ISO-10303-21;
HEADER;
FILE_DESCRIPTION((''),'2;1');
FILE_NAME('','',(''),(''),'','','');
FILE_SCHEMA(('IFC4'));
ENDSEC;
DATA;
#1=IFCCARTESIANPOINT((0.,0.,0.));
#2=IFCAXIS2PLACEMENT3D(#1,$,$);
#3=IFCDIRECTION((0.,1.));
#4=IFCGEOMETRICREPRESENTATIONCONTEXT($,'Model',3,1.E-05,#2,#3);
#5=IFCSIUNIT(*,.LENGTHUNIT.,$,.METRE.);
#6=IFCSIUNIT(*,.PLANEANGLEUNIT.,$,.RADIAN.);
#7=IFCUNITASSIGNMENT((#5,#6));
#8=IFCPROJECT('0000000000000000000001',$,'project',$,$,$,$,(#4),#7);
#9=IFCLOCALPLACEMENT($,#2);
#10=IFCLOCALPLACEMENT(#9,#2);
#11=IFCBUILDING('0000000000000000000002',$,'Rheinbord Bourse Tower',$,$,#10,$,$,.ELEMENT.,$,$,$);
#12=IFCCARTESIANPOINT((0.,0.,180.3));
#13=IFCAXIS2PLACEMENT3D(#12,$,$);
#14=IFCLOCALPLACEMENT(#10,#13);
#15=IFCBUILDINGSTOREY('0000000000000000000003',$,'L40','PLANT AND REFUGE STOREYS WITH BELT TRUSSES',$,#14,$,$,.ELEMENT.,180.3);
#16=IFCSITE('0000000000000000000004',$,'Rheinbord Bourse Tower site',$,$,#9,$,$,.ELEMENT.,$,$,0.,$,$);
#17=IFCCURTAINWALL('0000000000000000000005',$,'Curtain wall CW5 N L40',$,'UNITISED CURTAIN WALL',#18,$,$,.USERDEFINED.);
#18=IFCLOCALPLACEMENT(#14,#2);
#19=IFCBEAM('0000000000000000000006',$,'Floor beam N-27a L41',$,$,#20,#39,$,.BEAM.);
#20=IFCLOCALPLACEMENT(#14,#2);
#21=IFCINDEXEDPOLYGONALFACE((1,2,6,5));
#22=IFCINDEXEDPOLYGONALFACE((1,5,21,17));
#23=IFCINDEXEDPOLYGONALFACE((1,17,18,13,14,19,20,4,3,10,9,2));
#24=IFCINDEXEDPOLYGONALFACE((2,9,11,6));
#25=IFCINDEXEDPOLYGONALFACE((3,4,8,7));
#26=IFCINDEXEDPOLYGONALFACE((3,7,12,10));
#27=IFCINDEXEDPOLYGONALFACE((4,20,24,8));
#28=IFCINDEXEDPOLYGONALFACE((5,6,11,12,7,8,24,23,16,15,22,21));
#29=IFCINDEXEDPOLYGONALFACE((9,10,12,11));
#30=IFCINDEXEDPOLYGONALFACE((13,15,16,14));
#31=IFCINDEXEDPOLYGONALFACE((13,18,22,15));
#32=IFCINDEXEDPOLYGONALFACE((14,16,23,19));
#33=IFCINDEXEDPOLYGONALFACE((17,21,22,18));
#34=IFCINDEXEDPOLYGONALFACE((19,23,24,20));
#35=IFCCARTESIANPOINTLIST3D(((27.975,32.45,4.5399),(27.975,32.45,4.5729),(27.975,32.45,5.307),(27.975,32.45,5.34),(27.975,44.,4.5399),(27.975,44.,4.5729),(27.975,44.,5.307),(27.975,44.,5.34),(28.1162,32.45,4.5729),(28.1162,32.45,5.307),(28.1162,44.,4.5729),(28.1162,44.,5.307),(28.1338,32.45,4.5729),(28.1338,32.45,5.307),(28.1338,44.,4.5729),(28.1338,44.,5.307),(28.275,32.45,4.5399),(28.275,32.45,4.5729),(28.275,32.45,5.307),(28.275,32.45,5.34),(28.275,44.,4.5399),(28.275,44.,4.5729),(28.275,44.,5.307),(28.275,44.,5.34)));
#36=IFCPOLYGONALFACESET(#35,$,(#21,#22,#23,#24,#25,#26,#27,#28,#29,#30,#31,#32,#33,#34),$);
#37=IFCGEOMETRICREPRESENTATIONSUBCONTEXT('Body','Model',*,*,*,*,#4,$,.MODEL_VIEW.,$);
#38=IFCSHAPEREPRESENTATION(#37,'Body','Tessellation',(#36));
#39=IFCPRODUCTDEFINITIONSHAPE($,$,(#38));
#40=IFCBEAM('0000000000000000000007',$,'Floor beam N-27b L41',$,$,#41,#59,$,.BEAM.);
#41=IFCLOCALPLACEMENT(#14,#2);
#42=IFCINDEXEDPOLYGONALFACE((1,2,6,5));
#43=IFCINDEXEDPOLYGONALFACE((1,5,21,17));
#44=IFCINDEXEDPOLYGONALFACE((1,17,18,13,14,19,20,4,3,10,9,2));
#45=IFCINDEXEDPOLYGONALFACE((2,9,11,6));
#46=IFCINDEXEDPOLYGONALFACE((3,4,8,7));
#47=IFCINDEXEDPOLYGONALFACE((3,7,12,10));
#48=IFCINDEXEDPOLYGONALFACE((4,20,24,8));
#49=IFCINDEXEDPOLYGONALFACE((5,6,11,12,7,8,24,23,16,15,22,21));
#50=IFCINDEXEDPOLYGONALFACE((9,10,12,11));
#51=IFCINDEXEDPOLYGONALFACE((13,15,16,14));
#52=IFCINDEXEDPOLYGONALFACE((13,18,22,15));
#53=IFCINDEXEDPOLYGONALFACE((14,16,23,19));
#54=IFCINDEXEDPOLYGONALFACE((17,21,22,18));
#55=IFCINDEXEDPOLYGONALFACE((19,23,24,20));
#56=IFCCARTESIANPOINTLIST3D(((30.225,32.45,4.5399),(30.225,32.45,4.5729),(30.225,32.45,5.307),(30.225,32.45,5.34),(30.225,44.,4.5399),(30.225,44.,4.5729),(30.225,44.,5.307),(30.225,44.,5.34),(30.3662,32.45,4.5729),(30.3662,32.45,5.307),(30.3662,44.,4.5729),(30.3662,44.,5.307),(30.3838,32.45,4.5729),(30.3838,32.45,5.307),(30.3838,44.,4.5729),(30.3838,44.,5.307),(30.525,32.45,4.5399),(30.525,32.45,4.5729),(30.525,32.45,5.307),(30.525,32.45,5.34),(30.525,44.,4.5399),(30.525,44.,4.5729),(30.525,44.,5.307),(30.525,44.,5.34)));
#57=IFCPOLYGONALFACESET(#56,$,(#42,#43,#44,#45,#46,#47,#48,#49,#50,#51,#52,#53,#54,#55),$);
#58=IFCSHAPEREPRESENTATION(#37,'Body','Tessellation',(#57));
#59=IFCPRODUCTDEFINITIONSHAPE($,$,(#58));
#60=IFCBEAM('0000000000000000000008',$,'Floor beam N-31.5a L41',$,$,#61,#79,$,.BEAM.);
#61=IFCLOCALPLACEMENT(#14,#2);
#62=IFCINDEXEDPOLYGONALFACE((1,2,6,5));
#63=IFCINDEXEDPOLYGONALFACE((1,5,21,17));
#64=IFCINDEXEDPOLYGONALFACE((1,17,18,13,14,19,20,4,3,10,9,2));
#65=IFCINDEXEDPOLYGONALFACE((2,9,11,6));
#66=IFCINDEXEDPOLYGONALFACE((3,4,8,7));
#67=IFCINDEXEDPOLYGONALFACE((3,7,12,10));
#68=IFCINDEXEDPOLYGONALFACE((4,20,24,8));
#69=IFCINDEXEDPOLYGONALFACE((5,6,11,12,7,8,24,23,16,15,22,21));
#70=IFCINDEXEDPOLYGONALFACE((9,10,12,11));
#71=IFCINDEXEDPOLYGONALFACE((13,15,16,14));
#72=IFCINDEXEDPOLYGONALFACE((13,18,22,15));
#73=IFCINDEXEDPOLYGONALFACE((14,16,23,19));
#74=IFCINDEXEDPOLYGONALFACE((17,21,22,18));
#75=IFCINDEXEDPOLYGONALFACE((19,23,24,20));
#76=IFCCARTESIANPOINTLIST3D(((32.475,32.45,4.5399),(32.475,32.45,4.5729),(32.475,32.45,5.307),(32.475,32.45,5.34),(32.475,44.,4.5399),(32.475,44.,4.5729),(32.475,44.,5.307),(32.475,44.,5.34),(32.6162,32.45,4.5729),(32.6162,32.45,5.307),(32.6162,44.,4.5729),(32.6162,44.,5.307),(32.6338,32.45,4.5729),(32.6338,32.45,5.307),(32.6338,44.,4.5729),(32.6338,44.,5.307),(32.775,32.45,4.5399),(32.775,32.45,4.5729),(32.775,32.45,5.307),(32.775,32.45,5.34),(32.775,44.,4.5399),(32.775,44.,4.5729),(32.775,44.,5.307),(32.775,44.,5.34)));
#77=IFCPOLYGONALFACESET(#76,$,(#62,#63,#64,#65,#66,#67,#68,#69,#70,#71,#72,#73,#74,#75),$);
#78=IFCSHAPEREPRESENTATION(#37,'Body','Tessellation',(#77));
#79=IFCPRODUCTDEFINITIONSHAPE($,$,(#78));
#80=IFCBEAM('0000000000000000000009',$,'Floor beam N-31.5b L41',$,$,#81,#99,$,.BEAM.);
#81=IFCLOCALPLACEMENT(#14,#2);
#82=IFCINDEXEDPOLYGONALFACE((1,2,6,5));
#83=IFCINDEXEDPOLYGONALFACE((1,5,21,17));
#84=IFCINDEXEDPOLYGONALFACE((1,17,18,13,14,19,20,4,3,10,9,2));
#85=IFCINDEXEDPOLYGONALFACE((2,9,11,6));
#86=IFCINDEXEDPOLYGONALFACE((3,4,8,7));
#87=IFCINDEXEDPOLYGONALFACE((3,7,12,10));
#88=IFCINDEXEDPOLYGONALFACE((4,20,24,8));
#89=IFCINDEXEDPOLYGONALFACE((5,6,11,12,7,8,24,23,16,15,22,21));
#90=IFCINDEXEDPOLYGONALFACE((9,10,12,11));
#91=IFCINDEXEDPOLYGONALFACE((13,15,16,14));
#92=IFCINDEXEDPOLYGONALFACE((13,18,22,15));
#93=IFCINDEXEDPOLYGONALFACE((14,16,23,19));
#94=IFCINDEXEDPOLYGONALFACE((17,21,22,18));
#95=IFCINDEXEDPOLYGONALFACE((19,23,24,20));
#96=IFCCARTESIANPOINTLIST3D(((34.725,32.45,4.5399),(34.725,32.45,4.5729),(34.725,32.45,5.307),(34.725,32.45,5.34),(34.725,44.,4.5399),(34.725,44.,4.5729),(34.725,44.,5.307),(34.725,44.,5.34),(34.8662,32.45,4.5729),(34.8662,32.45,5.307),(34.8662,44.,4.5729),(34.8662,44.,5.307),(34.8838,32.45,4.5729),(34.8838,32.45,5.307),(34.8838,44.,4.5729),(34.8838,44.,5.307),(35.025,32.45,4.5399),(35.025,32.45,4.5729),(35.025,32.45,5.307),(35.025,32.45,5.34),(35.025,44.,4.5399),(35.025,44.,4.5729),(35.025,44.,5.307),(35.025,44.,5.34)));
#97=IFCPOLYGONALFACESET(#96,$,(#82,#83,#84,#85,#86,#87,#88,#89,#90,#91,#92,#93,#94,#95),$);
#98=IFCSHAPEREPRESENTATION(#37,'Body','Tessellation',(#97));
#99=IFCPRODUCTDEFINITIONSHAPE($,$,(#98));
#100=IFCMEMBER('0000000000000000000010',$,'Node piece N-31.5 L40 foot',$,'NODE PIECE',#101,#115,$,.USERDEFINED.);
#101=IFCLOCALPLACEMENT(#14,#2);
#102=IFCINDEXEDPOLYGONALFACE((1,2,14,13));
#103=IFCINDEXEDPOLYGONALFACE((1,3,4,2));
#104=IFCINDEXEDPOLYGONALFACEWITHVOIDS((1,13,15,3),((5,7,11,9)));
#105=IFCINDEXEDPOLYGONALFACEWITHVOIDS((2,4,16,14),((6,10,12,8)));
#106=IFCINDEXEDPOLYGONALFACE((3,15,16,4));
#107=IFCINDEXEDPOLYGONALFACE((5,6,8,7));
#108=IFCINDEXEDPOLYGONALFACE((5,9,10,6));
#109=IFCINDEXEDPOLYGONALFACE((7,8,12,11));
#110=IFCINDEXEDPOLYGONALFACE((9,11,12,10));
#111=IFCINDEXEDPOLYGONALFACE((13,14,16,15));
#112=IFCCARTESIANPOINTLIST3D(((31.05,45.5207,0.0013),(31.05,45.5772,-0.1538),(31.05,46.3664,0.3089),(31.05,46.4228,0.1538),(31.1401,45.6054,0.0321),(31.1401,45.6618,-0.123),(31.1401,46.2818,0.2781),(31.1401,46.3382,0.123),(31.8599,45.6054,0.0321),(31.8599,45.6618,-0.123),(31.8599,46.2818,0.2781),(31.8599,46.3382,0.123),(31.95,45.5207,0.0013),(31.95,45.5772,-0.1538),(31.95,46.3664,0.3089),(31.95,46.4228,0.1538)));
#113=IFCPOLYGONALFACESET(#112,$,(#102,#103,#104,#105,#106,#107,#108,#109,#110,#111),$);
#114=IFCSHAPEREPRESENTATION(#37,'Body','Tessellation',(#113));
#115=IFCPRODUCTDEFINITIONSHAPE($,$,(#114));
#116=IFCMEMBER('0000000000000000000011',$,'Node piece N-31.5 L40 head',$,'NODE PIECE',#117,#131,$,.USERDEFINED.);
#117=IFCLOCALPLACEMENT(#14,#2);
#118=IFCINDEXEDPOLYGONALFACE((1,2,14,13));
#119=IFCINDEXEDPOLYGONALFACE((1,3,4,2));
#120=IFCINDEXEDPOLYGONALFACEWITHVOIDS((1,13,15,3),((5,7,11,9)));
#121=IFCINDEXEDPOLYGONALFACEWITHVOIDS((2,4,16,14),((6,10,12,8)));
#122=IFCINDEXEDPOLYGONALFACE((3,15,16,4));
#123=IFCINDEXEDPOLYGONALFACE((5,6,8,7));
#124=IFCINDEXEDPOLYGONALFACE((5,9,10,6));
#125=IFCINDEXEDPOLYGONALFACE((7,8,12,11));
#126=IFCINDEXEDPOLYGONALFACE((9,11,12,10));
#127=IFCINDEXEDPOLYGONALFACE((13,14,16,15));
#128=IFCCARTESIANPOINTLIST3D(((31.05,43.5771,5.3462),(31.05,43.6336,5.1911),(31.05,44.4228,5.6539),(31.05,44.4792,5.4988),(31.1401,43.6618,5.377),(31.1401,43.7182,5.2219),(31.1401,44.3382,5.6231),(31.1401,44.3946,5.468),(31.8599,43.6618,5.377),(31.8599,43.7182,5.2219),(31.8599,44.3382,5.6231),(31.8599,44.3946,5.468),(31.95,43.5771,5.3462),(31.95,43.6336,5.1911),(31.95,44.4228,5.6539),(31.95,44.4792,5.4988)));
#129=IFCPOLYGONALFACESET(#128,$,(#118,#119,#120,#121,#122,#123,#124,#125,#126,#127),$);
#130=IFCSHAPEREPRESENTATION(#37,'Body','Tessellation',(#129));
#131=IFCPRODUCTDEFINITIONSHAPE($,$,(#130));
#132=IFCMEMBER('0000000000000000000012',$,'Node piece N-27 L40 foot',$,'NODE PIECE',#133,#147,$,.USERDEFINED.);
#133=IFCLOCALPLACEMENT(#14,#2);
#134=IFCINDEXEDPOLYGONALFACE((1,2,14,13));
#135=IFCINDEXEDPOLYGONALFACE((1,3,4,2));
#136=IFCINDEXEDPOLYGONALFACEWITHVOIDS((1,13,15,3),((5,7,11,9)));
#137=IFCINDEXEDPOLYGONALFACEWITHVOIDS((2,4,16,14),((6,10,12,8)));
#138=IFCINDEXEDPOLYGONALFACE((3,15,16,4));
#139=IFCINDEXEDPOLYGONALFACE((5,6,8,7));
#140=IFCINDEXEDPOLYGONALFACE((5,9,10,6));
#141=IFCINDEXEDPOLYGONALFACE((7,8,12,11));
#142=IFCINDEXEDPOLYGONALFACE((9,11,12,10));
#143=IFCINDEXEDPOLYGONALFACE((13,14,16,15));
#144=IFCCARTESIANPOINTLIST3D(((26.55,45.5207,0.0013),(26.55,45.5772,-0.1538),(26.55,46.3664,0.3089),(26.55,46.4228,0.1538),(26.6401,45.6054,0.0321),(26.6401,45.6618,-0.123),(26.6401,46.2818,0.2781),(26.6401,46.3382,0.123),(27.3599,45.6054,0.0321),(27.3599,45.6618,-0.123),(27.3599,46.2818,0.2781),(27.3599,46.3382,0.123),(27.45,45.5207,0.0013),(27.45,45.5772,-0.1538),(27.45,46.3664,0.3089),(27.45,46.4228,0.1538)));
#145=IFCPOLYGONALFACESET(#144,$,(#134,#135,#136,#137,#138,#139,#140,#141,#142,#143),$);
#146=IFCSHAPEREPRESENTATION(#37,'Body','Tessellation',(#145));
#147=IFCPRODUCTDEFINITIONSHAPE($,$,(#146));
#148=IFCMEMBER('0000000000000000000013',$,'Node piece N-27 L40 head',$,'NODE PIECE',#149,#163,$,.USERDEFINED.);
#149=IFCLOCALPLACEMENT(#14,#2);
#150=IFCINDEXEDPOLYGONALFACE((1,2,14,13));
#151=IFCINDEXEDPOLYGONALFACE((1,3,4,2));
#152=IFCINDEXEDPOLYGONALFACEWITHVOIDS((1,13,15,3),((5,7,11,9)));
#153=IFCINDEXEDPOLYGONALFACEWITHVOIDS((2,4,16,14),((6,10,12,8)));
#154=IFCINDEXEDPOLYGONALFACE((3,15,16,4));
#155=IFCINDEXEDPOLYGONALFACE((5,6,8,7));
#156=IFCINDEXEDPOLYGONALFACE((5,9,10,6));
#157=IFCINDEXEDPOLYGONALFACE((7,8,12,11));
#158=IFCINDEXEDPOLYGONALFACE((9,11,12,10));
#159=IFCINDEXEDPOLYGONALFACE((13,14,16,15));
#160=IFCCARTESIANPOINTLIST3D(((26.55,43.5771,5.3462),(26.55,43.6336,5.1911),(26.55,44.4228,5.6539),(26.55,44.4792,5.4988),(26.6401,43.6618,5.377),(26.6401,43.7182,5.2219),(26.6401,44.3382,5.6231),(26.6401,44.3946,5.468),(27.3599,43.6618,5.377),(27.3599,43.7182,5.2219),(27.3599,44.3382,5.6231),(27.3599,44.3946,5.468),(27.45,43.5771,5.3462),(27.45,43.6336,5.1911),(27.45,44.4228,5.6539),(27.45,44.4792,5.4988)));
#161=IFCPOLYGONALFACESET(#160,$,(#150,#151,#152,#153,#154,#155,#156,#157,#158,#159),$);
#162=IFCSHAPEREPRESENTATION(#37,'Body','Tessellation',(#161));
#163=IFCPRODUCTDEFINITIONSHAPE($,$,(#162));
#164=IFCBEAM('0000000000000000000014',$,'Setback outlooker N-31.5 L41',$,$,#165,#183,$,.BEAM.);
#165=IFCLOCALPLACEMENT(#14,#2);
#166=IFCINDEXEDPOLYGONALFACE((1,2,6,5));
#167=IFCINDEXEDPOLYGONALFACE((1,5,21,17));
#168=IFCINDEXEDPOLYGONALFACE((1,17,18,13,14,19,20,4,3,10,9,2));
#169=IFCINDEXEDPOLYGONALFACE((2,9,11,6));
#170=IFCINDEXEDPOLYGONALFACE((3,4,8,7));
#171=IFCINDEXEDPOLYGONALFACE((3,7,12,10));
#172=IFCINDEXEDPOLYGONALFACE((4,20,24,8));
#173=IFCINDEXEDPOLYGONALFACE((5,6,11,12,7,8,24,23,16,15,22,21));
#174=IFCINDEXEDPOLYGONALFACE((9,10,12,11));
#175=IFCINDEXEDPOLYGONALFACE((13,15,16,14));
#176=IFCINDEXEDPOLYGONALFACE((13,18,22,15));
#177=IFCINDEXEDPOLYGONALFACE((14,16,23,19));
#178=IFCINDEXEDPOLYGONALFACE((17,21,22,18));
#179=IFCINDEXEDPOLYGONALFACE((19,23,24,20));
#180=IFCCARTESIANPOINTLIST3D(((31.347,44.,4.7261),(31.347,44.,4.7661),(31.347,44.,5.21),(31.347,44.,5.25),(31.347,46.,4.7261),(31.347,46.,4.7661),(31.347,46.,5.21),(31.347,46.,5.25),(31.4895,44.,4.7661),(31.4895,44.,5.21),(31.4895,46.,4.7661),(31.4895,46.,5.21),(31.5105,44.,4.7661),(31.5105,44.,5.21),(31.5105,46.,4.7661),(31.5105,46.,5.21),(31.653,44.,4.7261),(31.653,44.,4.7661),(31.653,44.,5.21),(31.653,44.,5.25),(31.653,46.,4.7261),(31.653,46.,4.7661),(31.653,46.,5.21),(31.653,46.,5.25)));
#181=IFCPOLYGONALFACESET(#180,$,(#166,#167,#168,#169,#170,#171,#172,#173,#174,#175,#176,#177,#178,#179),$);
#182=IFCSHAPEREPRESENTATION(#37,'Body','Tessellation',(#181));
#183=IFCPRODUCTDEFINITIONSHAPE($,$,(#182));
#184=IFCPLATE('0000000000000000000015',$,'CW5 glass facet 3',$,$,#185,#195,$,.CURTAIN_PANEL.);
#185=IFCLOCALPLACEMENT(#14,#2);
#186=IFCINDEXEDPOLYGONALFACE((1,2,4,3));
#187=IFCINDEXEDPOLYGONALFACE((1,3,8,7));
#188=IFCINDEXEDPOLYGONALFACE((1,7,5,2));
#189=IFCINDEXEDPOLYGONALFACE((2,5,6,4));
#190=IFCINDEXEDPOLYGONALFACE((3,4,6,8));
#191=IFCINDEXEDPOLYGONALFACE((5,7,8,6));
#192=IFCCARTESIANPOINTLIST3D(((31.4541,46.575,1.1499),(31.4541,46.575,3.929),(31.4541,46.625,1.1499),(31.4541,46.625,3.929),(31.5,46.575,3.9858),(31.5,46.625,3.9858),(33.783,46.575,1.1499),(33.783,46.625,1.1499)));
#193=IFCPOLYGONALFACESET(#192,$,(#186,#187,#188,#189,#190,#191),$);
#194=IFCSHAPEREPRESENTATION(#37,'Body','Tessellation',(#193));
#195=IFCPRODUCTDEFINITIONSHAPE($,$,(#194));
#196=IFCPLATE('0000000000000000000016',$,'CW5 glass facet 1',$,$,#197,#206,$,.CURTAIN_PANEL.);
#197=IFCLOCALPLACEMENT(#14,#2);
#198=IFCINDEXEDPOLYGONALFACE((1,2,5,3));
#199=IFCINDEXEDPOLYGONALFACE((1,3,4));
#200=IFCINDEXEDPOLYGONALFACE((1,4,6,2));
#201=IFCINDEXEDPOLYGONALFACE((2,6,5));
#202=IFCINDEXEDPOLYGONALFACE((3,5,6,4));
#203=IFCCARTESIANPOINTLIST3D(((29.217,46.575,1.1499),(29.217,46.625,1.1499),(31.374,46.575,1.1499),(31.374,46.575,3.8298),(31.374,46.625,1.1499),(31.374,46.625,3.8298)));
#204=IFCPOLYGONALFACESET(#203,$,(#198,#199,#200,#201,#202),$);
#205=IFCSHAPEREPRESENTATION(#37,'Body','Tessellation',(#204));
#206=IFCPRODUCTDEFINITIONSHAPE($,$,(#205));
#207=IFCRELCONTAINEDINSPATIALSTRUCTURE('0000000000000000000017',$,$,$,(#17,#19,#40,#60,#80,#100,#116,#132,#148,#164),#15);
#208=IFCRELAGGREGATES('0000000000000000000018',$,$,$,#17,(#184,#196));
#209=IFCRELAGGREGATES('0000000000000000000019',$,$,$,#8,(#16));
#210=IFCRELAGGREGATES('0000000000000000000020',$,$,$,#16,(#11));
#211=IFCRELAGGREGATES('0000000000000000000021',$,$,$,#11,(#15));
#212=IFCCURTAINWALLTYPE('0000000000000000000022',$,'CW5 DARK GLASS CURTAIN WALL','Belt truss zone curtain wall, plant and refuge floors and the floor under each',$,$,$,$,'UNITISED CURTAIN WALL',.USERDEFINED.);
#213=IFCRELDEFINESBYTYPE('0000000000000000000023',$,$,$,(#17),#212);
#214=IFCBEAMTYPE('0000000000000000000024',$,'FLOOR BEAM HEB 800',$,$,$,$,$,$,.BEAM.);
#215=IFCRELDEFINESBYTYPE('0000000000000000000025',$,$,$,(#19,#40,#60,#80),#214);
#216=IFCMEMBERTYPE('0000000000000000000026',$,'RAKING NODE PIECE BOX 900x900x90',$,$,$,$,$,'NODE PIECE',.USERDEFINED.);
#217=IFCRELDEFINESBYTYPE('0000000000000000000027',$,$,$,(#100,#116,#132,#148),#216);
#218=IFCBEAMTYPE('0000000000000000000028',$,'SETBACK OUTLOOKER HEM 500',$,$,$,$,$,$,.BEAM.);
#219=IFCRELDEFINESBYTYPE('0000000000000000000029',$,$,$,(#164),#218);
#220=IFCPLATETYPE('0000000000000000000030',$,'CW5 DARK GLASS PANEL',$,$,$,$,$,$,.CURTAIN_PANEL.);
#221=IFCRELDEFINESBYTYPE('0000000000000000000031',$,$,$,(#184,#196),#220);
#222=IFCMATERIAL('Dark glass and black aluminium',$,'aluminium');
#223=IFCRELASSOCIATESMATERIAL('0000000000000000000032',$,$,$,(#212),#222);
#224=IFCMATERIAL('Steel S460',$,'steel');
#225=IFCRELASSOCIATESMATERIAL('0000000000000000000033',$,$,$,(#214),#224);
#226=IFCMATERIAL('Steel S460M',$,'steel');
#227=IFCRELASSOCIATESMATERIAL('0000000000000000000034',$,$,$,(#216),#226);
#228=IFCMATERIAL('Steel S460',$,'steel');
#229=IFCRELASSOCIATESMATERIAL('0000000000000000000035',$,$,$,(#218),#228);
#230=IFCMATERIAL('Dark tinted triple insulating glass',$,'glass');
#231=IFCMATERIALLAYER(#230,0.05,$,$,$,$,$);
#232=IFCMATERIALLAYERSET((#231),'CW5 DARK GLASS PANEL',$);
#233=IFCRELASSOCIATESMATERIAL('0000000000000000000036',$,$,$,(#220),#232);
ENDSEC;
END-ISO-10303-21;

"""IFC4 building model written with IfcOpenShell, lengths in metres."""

from ifc_helpers import new_model, si_unit, direction, frame, origin, origin_2d, place, context, subcontext, project, spatial, polyline, hollow_rectangle, i_section, outline, extrude, material, layer, layer_set, material_profile, profile_set, type_object, element, aggregate, save


model = new_model("IFC4")

# Units and contexts
model_context = context("Model", 3, precision=1e-05, world=origin(), true_north=direction((0.0, 1.0)))
body_context = subcontext(model_context, "Body", "Model", "MODEL_VIEW")
ifc_project = project(units=[si_unit("LENGTHUNIT", "METRE"), si_unit("PLANEANGLEUNIT", "RADIAN")], contexts=[model_context])

# Site, building, storey
site_placement = place(None, origin())
site = spatial("IfcSite", under=ifc_project, at=site_placement, Name="Rheinbord Bourse Tower site", CompositionType="ELEMENT", RefElevation=0.0)
building_placement = place(site_placement, origin())
building = spatial("IfcBuilding", under=site, at=building_placement, Name="Rheinbord Bourse Tower", CompositionType="ELEMENT")
storey_placement = place(building_placement, frame((0.0, 0.0, 180.3)))
storey = spatial("IfcBuildingStorey", under=building, at=storey_placement, Name="L40", Description="PLANT AND REFUGE STOREYS WITH BELT TRUSSES", CompositionType="ELEMENT", Elevation=180.3)

# Curtain wall
ifc_material_1 = material(Name="Dark glass and black aluminium", Category="aluminium")
curtain_wall_type = type_object("IfcCurtainWallType", Name="CW5 DARK GLASS CURTAIN WALL", Description="Belt truss zone curtain wall, plant and refuge floors and the floor under each", ElementType="UNITISED CURTAIN WALL", PredefinedType="USERDEFINED", material=ifc_material_1)
curtain_wall_placement = place(storey_placement, origin())
curtain_wall = element("IfcCurtainWall", 1, at=curtain_wall_placement, inside=storey, type_object=curtain_wall_type, Name="Curtain wall CW5 N L40", ObjectType="UNITISED CURTAIN WALL", PredefinedType="USERDEFINED")

# Beams
ifc_material_2 = material(Name="Steel S460", Category="steel")
ifc_material_profile_1 = material_profile(ifc_material_2, i_section(OverallWidth=0.3, OverallDepth=0.8, WebThickness=0.0176, FlangeThickness=0.033, at=origin_2d()), Name="HEB 800")
ifc_profile_set_1 = profile_set([ifc_material_profile_1], Name="Steel S460")
beam_type_1 = type_object("IfcBeamType", Name="FLOOR BEAM HEB 800", PredefinedType="BEAM", material=ifc_profile_set_1)
for number, where, z_axis, x_axis, name in (
    (2, (28.125, 44.0, 4.9399), (0.0, -1.0, 0.0), (1.0, 0.0, 0.0), "Floor beam N-27a L41"),
    (3, (30.375, 44.0, 4.9399), (0.0, -1.0, 0.0), (1.0, 0.0, 0.0), "Floor beam N-27b L41"),
    (4, (32.625, 44.0, 4.9399), (0.0, -1.0, 0.0), (1.0, 0.0, 0.0), "Floor beam N-31.5a L41"),
    (5, (34.875, 44.0, 4.9399), (0.0, -1.0, 0.0), (1.0, 0.0, 0.0), "Floor beam N-31.5b L41"),
):
    element("IfcBeam", number, at=place(storey_placement, frame(where, z_axis=z_axis, x_axis=x_axis)), inside=storey, type_object=beam_type_1, Name=name, PredefinedType="BEAM", context=body_context, shape_type="SweptSolid", body=[
        extrude(i_section(OverallWidth=0.3, OverallDepth=0.8, WebThickness=0.0176, FlangeThickness=0.033, at=origin_2d()), origin(), (0.0, 0.0, 1.0), 11.55),
    ])

# Members
ifc_material_3 = material(Name="Steel S460M", Category="steel")
ifc_material_profile_2 = material_profile(ifc_material_3, hollow_rectangle(XDim=0.8999, YDim=0.8999, WallThickness=0.0901, at=origin_2d()), Name="BOX 900x900x90")
ifc_profile_set_2 = profile_set([ifc_material_profile_2], Name="Steel S460M")
member_type_1 = type_object("IfcMemberType", Name="RAKING NODE PIECE BOX 900x900x90", ElementType="NODE PIECE", PredefinedType="USERDEFINED", material=ifc_profile_set_2)
for number, where, z_axis, x_axis, name in (
    (6, (31.5, 46.0, 0.0), (0.0, -0.341862, 0.93975), (0.0, 0.93975, 0.341862), "Node piece N-31.5 L40 foot"),
    (7, (31.5, 44.0564, 5.345), (0.0, -0.341862, 0.93975), (0.0, 0.93975, 0.341862), "Node piece N-31.5 L40 head"),
    (8, (27.0, 46.0, 0.0), (0.0, -0.341862, 0.93975), (0.0, 0.93975, 0.341862), "Node piece N-27 L40 foot"),
    (9, (27.0, 44.0564, 5.345), (0.0, -0.341862, 0.93975), (0.0, 0.93975, 0.341862), "Node piece N-27 L40 head"),
):
    element("IfcMember", number, at=place(storey_placement, frame(where, z_axis=z_axis, x_axis=x_axis)), inside=storey, type_object=member_type_1, Name=name, ObjectType="NODE PIECE", PredefinedType="USERDEFINED", context=body_context, shape_type="SweptSolid", body=[
        extrude(hollow_rectangle(XDim=0.8999, YDim=0.8999, WallThickness=0.0901, at=origin_2d()), origin(), (0.0, 0.0, 1.0), 0.165),
    ])

# Beam
ifc_material_4 = material(Name="Steel S460", Category="steel")
ifc_material_profile_3 = material_profile(ifc_material_4, i_section(OverallWidth=0.3059, OverallDepth=0.5239, WebThickness=0.021, FlangeThickness=0.04, at=origin_2d()), Name="HEM 500")
ifc_profile_set_3 = profile_set([ifc_material_profile_3], Name="Steel S460")
beam_type_2 = type_object("IfcBeamType", Name="SETBACK OUTLOOKER HEM 500", PredefinedType="BEAM", material=ifc_profile_set_3)
beam_1_placement = place(storey_placement, frame((31.5, 44.0, 4.988), z_axis=(0.0, 1.0, 0.0), x_axis=(-1.0, 0.0, 0.0)))
element("IfcBeam", 10, at=beam_1_placement, inside=storey, type_object=beam_type_2, Name="Setback outlooker N-31.5 L41", PredefinedType="BEAM", context=body_context, shape_type="SweptSolid", body=[
    extrude(i_section(OverallWidth=0.3059, OverallDepth=0.5239, WebThickness=0.021, FlangeThickness=0.04, at=origin_2d()), origin(), (0.0, 0.0, 1.0), 2.0),
])

# Plates
ifc_material_5 = material(Name="Dark tinted triple insulating glass", Category="glass")
ifc_layer = layer(ifc_material_5, 0.05)
ifc_layer_set = layer_set([ifc_layer], Name="CW5 DARK GLASS PANEL")
plate_type = type_object("IfcPlateType", Name="CW5 DARK GLASS PANEL", PredefinedType="CURTAIN_PANEL", material=ifc_layer_set)
plate_1_placement = place(storey_placement, frame((31.4541, 46.625, 1.1499), z_axis=(0.0, -1.0, 0.0), x_axis=(1.0, 0.0, 0.0)))
plate_1 = element("IfcPlate", 11, at=plate_1_placement, type_object=plate_type, Name="CW5 glass facet 3", PredefinedType="CURTAIN_PANEL", context=body_context, shape_type="SweptSolid", body=[
    extrude(outline(polyline([(0.0, 0.0), (2.3289, 0.0), (0.0459, 2.8359), (0.0, 2.7791), (0.0, 0.0)])), origin(), (0.0, 0.0, 1.0), 0.05),
])
plate_2_placement = place(storey_placement, frame((31.374, 46.625, 1.1499), z_axis=(0.0, -1.0, 0.0), x_axis=(0.0, 0.0, 1.0)))
plate_2 = element("IfcPlate", 12, at=plate_2_placement, type_object=plate_type, Name="CW5 glass facet 1", PredefinedType="CURTAIN_PANEL", context=body_context, shape_type="SweptSolid", body=[
    extrude(outline(polyline([(0.0, 0.0), (2.6799, 0.0), (0.0, 2.157), (0.0, 0.0)])), origin(), (0.0, 0.0, 1.0), 0.05),
])
aggregate(curtain_wall, [plate_1, plate_2])

save(model, "model.ifc")
